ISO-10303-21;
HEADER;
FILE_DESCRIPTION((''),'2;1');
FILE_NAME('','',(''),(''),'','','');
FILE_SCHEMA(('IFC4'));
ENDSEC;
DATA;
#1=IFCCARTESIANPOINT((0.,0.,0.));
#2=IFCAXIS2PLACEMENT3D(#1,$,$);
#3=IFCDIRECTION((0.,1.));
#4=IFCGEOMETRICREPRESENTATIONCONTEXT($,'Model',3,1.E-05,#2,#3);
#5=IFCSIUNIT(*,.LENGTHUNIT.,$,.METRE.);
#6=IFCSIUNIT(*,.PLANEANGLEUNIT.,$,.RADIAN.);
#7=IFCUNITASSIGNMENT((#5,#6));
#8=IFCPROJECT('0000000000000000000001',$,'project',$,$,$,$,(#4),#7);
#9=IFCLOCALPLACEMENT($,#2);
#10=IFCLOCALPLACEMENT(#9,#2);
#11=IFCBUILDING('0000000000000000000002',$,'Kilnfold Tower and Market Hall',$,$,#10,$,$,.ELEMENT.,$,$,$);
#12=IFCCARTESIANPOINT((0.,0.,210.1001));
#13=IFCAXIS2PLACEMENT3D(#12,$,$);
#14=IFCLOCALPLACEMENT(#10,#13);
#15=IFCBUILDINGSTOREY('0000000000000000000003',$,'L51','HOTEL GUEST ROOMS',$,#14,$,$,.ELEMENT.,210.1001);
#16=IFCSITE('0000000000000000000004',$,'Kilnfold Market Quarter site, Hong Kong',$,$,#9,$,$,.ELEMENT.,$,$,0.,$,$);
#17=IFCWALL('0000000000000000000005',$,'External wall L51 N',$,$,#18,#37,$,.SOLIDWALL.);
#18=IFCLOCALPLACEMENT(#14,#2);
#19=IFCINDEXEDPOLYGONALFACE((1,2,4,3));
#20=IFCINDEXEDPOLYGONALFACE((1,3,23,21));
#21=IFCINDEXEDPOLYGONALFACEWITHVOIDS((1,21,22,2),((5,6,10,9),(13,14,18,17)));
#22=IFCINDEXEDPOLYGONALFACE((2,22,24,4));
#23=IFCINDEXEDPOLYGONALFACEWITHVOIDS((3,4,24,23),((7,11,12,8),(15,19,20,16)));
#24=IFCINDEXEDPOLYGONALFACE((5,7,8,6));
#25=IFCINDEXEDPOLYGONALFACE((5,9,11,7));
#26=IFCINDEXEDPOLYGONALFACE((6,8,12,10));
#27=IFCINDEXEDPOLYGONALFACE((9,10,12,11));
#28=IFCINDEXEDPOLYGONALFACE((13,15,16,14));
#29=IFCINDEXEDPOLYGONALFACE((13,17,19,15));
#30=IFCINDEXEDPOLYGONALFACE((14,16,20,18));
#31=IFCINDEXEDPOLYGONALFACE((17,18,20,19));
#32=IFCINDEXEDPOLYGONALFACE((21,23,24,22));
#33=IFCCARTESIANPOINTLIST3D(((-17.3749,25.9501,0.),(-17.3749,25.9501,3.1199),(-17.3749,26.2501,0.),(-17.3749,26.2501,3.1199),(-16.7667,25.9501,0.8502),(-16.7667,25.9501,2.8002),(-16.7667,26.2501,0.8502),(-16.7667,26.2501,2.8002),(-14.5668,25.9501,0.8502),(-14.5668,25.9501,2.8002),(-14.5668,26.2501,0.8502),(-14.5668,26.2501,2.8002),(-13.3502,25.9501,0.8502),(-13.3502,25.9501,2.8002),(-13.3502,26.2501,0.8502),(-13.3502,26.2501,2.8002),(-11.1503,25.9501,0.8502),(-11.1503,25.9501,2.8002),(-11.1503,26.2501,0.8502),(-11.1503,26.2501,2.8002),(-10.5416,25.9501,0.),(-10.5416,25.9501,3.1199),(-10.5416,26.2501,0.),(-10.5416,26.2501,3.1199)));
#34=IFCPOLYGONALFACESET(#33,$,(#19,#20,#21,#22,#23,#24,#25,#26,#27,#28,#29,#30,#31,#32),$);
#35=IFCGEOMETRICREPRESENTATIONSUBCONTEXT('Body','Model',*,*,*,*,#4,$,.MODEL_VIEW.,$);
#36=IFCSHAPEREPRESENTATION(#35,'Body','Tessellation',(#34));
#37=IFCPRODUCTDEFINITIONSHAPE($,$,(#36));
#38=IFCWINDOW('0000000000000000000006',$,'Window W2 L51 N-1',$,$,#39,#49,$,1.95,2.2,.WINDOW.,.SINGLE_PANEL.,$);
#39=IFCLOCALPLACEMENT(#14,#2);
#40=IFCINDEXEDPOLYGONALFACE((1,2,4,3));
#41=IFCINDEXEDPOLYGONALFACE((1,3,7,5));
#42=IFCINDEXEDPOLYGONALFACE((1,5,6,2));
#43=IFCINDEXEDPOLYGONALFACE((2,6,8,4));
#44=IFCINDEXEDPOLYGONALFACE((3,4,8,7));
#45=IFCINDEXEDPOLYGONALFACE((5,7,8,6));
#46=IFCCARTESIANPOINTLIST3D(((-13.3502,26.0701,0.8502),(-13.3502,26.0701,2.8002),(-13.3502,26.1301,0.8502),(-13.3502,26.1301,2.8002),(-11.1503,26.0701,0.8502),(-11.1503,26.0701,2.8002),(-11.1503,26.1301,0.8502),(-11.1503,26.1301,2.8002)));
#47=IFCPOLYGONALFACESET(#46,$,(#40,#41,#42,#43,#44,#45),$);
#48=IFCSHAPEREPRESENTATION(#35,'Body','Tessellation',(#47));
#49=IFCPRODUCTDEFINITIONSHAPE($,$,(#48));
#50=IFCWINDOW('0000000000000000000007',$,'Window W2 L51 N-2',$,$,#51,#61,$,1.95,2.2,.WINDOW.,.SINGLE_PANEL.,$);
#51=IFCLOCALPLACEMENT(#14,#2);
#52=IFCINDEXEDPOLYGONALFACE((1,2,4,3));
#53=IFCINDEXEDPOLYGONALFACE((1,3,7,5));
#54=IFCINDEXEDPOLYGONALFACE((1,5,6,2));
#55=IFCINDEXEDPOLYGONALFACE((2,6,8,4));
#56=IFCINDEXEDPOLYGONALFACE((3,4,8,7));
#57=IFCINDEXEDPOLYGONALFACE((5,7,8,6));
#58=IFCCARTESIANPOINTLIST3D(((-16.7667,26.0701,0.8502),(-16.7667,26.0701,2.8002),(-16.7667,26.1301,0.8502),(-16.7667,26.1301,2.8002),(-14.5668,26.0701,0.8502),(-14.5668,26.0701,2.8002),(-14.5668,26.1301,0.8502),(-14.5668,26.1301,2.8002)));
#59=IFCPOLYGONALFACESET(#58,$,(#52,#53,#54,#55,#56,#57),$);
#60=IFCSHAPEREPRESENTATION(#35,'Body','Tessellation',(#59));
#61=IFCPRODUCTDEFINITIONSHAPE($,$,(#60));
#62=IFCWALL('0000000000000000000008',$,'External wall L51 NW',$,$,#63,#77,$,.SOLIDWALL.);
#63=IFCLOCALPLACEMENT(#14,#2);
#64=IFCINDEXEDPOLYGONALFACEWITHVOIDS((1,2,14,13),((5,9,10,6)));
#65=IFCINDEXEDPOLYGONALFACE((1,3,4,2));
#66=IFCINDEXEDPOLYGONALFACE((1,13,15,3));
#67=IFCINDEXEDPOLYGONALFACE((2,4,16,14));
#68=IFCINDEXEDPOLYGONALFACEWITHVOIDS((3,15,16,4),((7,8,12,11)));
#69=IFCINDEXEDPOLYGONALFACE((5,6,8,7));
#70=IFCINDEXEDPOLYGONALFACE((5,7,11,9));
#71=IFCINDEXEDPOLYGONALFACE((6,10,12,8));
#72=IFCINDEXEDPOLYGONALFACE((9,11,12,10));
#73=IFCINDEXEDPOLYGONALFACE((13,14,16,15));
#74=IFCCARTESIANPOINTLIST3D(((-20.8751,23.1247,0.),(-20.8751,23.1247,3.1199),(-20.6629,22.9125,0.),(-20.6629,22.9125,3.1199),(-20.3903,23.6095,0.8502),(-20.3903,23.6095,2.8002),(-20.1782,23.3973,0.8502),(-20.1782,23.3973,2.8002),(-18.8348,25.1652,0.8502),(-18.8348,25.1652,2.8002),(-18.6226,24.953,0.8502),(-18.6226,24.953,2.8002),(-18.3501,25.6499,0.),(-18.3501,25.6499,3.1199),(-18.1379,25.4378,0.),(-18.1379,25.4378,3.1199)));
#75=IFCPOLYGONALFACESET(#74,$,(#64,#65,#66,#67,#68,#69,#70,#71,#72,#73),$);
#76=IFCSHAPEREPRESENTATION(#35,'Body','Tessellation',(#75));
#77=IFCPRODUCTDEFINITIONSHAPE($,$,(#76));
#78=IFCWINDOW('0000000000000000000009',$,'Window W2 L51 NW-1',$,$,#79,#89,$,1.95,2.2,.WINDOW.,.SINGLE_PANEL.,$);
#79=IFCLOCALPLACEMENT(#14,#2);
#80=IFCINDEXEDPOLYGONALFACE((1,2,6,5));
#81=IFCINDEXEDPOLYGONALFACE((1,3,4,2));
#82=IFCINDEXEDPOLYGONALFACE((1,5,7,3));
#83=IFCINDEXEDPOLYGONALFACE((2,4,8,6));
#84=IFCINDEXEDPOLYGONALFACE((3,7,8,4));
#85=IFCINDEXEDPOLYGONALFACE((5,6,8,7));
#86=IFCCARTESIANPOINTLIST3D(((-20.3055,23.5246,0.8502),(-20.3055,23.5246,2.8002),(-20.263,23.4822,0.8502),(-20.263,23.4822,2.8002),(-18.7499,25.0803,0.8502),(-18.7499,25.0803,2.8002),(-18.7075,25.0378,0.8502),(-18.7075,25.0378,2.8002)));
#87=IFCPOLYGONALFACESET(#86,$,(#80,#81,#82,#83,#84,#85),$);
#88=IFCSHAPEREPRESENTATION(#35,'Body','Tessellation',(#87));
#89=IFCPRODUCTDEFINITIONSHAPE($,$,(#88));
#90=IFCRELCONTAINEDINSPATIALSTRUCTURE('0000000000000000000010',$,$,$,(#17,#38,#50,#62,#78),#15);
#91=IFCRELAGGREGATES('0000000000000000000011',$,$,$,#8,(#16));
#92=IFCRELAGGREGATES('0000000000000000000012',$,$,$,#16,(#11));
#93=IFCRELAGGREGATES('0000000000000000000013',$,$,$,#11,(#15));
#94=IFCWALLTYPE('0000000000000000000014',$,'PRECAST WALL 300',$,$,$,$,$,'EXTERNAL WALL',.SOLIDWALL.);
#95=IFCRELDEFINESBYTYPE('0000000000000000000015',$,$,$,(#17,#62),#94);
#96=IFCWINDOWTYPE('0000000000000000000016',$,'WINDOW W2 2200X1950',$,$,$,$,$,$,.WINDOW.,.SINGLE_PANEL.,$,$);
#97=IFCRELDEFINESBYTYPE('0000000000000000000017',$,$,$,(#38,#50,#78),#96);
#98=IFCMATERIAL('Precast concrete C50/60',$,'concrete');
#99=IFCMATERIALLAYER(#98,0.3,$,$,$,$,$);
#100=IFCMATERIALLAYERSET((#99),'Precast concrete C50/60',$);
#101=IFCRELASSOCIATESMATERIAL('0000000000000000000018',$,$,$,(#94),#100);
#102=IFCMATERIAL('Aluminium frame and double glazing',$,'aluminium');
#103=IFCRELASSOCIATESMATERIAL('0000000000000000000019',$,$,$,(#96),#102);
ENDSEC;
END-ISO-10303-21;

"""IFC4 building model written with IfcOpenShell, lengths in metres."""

from ifc_helpers import new_model, si_unit, direction, frame, frame_2d, origin, place, context, subcontext, project, spatial, rectangle, extrude, source, transform, mapped, material, layer, layer_set, type_object, element, fill, save


model = new_model("IFC4")

# Units and contexts
model_context = context("Model", 3, precision=1e-05, world=origin(), true_north=direction((0.0, 1.0)))
body_context = subcontext(model_context, "Body", "Model", "MODEL_VIEW")
ifc_project = project(units=[si_unit("LENGTHUNIT", "METRE"), si_unit("PLANEANGLEUNIT", "RADIAN")], contexts=[model_context])

# Site, building, storey
site_placement = place(None, origin())
site = spatial("IfcSite", under=ifc_project, at=site_placement, Name="Kilnfold Market Quarter site, Hong Kong", CompositionType="ELEMENT", RefElevation=0.0)
building_placement = place(site_placement, origin())
building = spatial("IfcBuilding", under=site, at=building_placement, Name="Kilnfold Tower and Market Hall", CompositionType="ELEMENT")
storey_placement = place(building_placement, frame((0.0, 0.0, 210.1001)))
storey = spatial("IfcBuildingStorey", under=building, at=storey_placement, Name="L51", Description="HOTEL GUEST ROOMS", CompositionType="ELEMENT", Elevation=210.1001)

# Wall, openings, windows
ifc_material_1 = material(Name="Precast concrete C50/60", Category="concrete")
ifc_layer_1 = layer(ifc_material_1, 0.3)
ifc_layer_set_1 = layer_set([ifc_layer_1], Name="Precast concrete C50/60")
wall_type_1 = type_object("IfcWallType", Name="PRECAST WALL 300", ElementType="EXTERNAL WALL", PredefinedType="SOLIDWALL", material=ifc_layer_set_1)
shared_shape_1 = source(origin(), body_context, "Body", "SweptSolid", [
    extrude(rectangle(XDim=6.8333, YDim=0.3, at=frame_2d((3.4165, 0.0))), origin(), (0.0, 0.0, 1.0), 3.1199),
])
wall_1_placement = place(storey_placement, frame((-10.5417, 26.1001, 0.0), z_axis=(0.0, 0.0, 1.0), x_axis=(-1.0, 0.0, 0.0)))
wall_1 = element("IfcWall", 1, at=wall_1_placement, inside=storey, type_object=wall_type_1, Name="External wall L51 N", PredefinedType="SOLIDWALL", context=body_context, shape_type="MappedRepresentation", body=[
    mapped(shared_shape_1, transform((0.0, 0.0, 0.0))),
])
opening_1_placement = place(wall_1_placement, frame((0.6084, 0.0, 0.8501)))
opening_1 = element("IfcOpeningElement", 2, at=opening_1_placement, cuts=wall_1, PredefinedType="OPENING", context=body_context, shape_type="SweptSolid", body=[
    extrude(rectangle(XDim=2.2, YDim=1.95, at=frame_2d((1.1001, 0.9751))), frame((0.0, 0.1602, 0.0), z_axis=(0.0, -1.0, 0.0), x_axis=(1.0, 0.0, 0.0)), (0.0, 0.0, 1.0), 0.3201),
])
opening_2_placement = place(wall_1_placement, frame((4.0249, 0.0, 0.8501)))
opening_2 = element("IfcOpeningElement", 3, at=opening_2_placement, cuts=wall_1, PredefinedType="OPENING", context=body_context, shape_type="SweptSolid", body=[
    extrude(rectangle(XDim=2.2, YDim=1.95, at=frame_2d((1.1001, 0.9751))), frame((0.0, 0.1602, 0.0), z_axis=(0.0, -1.0, 0.0), x_axis=(1.0, 0.0, 0.0)), (0.0, 0.0, 1.0), 0.3201),
])
ifc_material_2 = material(Name="Aluminium frame and double glazing", Category="aluminium")
window_type = type_object("IfcWindowType", Name="WINDOW W2 2200X1950", PartitioningType="SINGLE_PANEL", PredefinedType="WINDOW", material=ifc_material_2)
window_1_placement = place(opening_1_placement, origin())
window_1 = element("IfcWindow", 4, at=window_1_placement, inside=storey, type_object=window_type, Name="Window W2 L51 N-1", OverallHeight=1.95, OverallWidth=2.2, PartitioningType="SINGLE_PANEL", PredefinedType="WINDOW", context=body_context, shape_type="SweptSolid", body=[
    extrude(rectangle(XDim=2.2, YDim=1.95, at=frame_2d((1.1001, 0.9751))), frame((0.0, 0.03, 0.0), z_axis=(0.0, -1.0, 0.0), x_axis=(1.0, 0.0, 0.0)), (0.0, 0.0, 1.0), 0.0601),
])
fill(opening_1, window_1)
window_2_placement = place(opening_2_placement, origin())
window_2 = element("IfcWindow", 5, at=window_2_placement, inside=storey, type_object=window_type, Name="Window W2 L51 N-2", OverallHeight=1.95, OverallWidth=2.2, PartitioningType="SINGLE_PANEL", PredefinedType="WINDOW", context=body_context, shape_type="SweptSolid", body=[
    extrude(rectangle(XDim=2.2, YDim=1.95, at=frame_2d((1.1001, 0.9751))), frame((0.0, 0.03, 0.0), z_axis=(0.0, -1.0, 0.0), x_axis=(1.0, 0.0, 0.0)), (0.0, 0.0, 1.0), 0.0601),
])
fill(opening_2, window_2)

# Wall, opening, window
shared_shape_2 = source(origin(), body_context, "Body", "SweptSolid", [
    extrude(rectangle(XDim=3.571, YDim=0.3, at=frame_2d((1.7856, 0.0))), origin(), (0.0, 0.0, 1.0), 3.1199),
])
wall_2_placement = place(storey_placement, frame((-18.2439, 25.5439, 0.0), z_axis=(0.0, 0.0, 1.0), x_axis=(-0.707073, -0.707141, 0.0)))
wall_2 = element("IfcWall", 6, at=wall_2_placement, inside=storey, type_object=wall_type_1, Name="External wall L51 NW", PredefinedType="SOLIDWALL", context=body_context, shape_type="MappedRepresentation", body=[
    mapped(shared_shape_2, transform((0.0, 0.0, 0.0))),
])
opening_3_placement = place(wall_2_placement, frame((0.6855, 0.0, 0.8501)))
opening_3 = element("IfcOpeningElement", 7, at=opening_3_placement, cuts=wall_2, PredefinedType="OPENING", context=body_context, shape_type="SweptSolid", body=[
    extrude(rectangle(XDim=2.2, YDim=1.95, at=frame_2d((1.1001, 0.9751))), frame((0.0, 0.1602, 0.0), z_axis=(0.0, -1.0, 0.0), x_axis=(1.0, 0.0, 0.0)), (0.0, 0.0, 1.0), 0.3201),
])
window_3_placement = place(opening_3_placement, origin())
window_3 = element("IfcWindow", 8, at=window_3_placement, inside=storey, type_object=window_type, Name="Window W2 L51 NW-1", OverallHeight=1.95, OverallWidth=2.2, PartitioningType="SINGLE_PANEL", PredefinedType="WINDOW", context=body_context, shape_type="SweptSolid", body=[
    extrude(rectangle(XDim=2.2, YDim=1.95, at=frame_2d((1.1001, 0.9751))), frame((0.0, 0.03, 0.0), z_axis=(0.0, -1.0, 0.0), x_axis=(1.0, 0.0, 0.0)), (0.0, 0.0, 1.0), 0.0601),
])
fill(opening_3, window_3)

save(model, "model.ifc")
